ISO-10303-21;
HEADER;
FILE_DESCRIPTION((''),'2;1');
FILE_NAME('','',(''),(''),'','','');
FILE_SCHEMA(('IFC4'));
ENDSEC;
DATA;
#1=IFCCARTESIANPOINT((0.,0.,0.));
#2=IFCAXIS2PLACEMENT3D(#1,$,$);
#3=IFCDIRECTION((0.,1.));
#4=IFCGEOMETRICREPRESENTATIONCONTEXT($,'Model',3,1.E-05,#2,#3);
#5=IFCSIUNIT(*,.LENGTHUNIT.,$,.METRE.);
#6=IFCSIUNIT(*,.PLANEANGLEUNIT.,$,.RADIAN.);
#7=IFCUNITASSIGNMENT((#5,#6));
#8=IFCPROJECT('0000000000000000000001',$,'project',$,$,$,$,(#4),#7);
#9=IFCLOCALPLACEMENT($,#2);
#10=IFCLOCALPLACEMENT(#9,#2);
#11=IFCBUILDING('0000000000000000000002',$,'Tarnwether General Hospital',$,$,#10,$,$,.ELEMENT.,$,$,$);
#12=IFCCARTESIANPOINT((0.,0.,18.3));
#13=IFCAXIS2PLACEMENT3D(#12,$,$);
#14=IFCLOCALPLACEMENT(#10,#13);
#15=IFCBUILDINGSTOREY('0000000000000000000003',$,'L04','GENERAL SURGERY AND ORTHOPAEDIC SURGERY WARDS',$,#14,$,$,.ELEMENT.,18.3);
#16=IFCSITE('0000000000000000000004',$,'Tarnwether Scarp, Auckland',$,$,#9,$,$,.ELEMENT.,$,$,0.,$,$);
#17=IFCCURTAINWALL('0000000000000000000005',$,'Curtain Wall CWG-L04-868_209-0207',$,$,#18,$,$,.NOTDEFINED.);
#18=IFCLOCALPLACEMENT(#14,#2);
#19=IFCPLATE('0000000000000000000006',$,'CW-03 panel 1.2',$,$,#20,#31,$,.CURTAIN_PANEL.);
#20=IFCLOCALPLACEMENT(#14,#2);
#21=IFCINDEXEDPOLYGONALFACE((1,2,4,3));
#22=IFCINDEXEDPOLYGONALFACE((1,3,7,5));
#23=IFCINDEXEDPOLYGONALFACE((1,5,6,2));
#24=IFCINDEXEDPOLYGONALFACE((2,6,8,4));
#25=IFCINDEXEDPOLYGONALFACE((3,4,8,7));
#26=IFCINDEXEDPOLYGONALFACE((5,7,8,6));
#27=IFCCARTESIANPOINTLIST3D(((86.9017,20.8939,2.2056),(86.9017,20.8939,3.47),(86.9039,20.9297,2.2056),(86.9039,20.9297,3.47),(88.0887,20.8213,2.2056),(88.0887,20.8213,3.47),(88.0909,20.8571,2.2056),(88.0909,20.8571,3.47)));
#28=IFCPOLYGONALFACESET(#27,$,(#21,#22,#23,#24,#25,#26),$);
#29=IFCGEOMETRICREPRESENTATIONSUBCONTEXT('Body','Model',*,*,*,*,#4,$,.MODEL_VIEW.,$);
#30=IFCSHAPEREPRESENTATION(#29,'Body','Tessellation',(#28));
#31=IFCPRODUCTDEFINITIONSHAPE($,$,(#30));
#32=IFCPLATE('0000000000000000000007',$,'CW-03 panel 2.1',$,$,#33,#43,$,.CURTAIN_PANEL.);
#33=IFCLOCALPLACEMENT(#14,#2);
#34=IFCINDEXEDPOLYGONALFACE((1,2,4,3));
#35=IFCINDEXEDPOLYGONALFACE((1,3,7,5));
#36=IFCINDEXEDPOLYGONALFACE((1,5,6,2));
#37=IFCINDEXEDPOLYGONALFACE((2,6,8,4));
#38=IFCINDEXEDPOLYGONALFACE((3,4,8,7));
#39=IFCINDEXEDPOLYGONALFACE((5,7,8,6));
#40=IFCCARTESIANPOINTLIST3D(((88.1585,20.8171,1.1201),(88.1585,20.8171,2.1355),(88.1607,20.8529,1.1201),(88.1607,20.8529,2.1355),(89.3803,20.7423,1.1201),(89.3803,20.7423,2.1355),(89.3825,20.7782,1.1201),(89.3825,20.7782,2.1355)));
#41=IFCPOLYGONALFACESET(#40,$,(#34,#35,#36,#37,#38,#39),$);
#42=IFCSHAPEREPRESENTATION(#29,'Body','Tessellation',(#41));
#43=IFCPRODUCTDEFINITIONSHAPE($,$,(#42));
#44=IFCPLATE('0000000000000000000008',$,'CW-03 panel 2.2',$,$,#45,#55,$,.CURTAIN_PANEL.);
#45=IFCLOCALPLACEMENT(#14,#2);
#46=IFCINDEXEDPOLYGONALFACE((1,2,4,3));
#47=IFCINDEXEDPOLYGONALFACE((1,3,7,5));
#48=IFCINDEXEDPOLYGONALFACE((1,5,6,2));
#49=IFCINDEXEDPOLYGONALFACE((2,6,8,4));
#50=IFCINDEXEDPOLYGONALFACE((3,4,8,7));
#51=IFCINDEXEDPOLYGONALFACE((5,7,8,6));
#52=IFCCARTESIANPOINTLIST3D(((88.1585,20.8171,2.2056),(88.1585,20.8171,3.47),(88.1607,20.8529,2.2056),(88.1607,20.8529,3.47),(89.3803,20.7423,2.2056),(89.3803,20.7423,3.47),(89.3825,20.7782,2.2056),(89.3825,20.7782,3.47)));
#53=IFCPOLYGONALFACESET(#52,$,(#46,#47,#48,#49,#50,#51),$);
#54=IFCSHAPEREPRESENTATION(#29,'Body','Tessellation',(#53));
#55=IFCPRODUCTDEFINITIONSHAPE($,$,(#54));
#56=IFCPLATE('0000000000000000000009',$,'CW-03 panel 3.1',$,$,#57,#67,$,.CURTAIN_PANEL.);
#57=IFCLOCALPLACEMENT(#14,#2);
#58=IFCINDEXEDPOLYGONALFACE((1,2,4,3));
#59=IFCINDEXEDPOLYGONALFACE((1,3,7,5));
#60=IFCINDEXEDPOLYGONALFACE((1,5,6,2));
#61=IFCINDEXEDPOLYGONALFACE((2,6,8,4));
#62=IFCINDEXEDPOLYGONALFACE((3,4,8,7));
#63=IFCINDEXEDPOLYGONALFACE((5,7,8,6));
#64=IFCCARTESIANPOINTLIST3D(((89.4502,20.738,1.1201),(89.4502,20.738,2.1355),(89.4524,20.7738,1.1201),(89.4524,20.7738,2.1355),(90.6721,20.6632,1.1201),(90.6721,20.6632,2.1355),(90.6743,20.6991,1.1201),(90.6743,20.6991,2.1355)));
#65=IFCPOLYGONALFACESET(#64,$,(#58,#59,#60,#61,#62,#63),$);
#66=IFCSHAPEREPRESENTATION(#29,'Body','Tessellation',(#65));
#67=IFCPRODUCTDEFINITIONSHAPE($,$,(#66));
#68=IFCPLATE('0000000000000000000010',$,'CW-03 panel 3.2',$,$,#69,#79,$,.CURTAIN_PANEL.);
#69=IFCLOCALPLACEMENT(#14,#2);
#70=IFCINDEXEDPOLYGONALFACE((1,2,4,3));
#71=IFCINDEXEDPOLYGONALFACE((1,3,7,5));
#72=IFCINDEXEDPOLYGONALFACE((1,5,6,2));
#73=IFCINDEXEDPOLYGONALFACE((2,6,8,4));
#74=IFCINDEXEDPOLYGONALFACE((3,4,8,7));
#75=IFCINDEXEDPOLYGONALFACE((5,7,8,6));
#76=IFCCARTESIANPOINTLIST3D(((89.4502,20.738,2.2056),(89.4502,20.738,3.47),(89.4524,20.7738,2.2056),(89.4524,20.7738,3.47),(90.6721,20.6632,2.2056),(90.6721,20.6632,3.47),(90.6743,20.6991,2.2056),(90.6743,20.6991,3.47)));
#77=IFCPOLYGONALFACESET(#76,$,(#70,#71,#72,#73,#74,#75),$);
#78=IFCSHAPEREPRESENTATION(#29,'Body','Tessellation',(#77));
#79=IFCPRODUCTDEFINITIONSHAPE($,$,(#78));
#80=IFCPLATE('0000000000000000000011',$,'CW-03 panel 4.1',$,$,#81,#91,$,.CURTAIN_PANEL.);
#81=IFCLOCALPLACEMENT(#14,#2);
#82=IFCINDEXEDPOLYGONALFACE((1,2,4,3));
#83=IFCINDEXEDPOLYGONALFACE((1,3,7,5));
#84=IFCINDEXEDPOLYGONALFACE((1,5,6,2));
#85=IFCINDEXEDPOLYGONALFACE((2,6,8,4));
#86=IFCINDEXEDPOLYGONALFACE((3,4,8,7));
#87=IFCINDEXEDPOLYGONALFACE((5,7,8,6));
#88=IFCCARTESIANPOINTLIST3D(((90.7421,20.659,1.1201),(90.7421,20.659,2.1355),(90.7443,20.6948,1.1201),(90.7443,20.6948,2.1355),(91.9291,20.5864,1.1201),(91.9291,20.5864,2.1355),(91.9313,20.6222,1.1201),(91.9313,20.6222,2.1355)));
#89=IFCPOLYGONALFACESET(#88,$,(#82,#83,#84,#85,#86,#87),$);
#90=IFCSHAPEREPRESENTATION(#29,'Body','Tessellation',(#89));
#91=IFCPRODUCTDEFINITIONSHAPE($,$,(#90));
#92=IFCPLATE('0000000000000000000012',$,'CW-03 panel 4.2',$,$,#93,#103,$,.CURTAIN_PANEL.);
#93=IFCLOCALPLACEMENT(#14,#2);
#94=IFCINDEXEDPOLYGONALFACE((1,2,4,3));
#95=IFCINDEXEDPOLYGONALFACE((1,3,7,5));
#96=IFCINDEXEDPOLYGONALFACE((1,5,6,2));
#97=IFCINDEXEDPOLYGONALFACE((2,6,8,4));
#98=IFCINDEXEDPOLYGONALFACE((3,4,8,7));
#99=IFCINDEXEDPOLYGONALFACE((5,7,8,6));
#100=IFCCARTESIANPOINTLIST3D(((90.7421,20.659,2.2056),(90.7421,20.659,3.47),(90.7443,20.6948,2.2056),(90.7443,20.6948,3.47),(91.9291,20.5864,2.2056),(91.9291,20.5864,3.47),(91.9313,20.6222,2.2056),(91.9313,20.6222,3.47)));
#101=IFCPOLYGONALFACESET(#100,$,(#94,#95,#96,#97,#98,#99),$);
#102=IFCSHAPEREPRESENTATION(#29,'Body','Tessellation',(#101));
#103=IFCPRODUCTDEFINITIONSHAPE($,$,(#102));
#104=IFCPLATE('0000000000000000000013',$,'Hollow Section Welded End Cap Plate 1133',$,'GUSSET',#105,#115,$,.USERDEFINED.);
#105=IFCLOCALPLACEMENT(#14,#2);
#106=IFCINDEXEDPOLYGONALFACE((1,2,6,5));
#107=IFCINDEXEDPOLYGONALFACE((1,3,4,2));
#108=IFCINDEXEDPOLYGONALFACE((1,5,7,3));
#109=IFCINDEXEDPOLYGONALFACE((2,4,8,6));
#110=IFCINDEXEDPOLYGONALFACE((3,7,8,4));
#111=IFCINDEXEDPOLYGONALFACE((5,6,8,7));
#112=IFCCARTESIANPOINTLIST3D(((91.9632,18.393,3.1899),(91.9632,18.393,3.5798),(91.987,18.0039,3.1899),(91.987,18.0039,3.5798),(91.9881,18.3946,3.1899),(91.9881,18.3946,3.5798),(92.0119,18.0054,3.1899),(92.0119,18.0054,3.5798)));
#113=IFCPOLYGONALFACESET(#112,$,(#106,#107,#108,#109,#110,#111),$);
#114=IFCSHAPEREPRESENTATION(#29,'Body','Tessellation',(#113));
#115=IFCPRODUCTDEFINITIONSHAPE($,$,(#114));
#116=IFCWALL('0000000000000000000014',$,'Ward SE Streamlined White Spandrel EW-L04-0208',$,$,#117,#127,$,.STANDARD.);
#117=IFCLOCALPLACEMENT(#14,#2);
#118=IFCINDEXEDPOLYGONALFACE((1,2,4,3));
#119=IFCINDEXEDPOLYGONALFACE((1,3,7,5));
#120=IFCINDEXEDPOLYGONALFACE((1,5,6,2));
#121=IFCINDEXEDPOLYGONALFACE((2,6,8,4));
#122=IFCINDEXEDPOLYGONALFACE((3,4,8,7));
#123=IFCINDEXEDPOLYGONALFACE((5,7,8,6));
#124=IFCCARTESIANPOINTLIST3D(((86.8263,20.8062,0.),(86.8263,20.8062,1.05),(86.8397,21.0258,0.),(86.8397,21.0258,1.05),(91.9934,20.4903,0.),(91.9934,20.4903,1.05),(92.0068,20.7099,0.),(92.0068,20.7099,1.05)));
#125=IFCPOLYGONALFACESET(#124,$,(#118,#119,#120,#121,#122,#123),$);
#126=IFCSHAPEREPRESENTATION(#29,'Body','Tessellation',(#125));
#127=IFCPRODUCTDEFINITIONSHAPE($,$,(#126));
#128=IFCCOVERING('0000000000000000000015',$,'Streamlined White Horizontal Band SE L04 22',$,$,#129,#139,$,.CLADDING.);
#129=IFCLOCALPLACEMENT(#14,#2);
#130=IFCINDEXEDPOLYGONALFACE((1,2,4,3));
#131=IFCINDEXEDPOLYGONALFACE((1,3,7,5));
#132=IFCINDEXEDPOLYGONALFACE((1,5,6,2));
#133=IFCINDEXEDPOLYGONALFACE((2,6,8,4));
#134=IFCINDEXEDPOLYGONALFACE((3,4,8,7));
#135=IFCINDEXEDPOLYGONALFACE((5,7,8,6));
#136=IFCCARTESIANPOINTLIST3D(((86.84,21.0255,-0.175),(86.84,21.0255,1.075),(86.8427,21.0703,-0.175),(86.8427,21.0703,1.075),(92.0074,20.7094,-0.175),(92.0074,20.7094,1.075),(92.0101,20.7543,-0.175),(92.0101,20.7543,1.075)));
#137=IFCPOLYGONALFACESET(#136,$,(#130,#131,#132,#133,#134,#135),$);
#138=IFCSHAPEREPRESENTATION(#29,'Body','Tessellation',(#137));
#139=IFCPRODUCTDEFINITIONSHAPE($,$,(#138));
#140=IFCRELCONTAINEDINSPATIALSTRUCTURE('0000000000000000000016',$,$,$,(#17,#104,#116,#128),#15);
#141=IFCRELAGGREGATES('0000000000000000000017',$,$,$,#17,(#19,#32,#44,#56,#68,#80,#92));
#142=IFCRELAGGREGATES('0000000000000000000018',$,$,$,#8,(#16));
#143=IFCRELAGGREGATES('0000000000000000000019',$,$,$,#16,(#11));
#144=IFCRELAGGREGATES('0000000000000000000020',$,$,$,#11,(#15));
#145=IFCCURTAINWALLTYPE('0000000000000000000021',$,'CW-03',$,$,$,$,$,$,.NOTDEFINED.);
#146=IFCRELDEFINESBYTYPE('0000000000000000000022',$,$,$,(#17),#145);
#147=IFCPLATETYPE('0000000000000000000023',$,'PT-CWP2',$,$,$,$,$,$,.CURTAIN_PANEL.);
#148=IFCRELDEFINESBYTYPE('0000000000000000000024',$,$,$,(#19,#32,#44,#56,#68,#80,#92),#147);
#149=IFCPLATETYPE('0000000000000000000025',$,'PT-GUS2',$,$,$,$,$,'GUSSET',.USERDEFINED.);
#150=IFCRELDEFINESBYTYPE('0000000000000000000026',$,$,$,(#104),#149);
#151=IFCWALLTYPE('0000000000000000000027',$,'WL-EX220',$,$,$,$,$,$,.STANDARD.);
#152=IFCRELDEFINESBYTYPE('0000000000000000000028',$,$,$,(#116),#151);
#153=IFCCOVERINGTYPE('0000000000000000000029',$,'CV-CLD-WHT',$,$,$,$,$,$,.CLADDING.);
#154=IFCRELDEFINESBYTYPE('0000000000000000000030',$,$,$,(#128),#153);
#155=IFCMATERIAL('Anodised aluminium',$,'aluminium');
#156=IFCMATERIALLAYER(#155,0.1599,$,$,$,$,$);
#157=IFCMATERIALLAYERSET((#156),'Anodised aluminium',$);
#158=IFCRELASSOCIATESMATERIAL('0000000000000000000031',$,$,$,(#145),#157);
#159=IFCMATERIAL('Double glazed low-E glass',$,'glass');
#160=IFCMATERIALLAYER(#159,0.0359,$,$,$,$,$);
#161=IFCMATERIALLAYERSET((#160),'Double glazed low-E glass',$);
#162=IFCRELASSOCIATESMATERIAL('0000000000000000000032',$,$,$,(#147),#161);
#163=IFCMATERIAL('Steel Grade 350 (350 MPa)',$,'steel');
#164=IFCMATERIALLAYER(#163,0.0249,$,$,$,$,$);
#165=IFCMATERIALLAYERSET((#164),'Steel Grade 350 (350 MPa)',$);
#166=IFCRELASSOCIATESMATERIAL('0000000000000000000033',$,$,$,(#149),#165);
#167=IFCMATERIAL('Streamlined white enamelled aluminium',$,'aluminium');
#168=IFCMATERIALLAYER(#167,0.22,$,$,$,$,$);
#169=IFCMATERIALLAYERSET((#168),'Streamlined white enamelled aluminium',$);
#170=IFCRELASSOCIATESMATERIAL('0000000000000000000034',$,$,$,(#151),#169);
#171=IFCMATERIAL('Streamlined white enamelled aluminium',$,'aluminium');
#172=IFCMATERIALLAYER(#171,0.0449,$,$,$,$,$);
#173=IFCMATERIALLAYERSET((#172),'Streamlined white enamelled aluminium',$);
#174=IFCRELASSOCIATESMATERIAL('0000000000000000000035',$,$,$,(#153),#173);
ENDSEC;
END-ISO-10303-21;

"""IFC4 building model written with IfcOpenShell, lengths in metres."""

from ifc_helpers import new_model, si_unit, direction, frame, frame_2d, origin, origin_2d, place, context, subcontext, project, spatial, rectangle, extrude, material, layer, layer_set, type_object, element, aggregate, save


model = new_model("IFC4")

# Units and contexts
model_context = context("Model", 3, precision=1e-05, world=origin(), true_north=direction((0.0, 1.0)))
body_context = subcontext(model_context, "Body", "Model", "MODEL_VIEW")
ifc_project = project(units=[si_unit("LENGTHUNIT", "METRE"), si_unit("PLANEANGLEUNIT", "RADIAN")], contexts=[model_context])

# Site, building, storey
site_placement = place(None, origin())
site = spatial("IfcSite", under=ifc_project, at=site_placement, Name="Tarnwether Scarp, Auckland", CompositionType="ELEMENT", RefElevation=0.0)
building_placement = place(site_placement, origin())
building = spatial("IfcBuilding", under=site, at=building_placement, Name="Tarnwether General Hospital", CompositionType="ELEMENT")
storey_placement = place(building_placement, frame((0.0, 0.0, 18.3)))
storey = spatial("IfcBuildingStorey", under=building, at=storey_placement, Name="L04", Description="GENERAL SURGERY AND ORTHOPAEDIC SURGERY WARDS", CompositionType="ELEMENT", Elevation=18.3)

# Curtain wall
ifc_material_1 = material(Name="Anodised aluminium", Category="aluminium")
ifc_layer_1 = layer(ifc_material_1, 0.1599)
ifc_layer_set_1 = layer_set([ifc_layer_1], Name="Anodised aluminium")
curtain_wall_type = type_object("IfcCurtainWallType", Name="CW-03", PredefinedType="NOTDEFINED", material=ifc_layer_set_1)
curtain_wall_1_placement = place(storey_placement, origin())
curtain_wall_1 = element("IfcCurtainWall", 1, at=curtain_wall_1_placement, inside=storey, type_object=curtain_wall_type, Name="Curtain Wall CWG-L04-868_209-0207", PredefinedType="NOTDEFINED")

# Plates
ifc_material_2 = material(Name="Double glazed low-E glass", Category="glass")
ifc_layer_2 = layer(ifc_material_2, 0.0359)
ifc_layer_set_2 = layer_set([ifc_layer_2], Name="Double glazed low-E glass")
plate_type_1 = type_object("IfcPlateType", Name="PT-CWP2", PredefinedType="CURTAIN_PANEL", material=ifc_layer_set_2)
plate_1_placement = place(storey_placement, frame((87.4963, 20.8755, 2.2056), z_axis=(0.0, 0.0, 1.0), x_axis=(0.998135, -0.061043, 0.0)))
plate_1 = element("IfcPlate", 2, at=plate_1_placement, type_object=plate_type_1, Name="CW-03 panel 1.2", PredefinedType="CURTAIN_PANEL", context=body_context, shape_type="SweptSolid", body=[
    extrude(rectangle(XDim=1.1892, YDim=0.0359, at=origin_2d()), origin(), (0.0, 0.0, 1.0), 1.2644),
])
plate_2_placement = place(storey_placement, frame((88.7705, 20.7976, 1.1201), z_axis=(0.0, 0.0, 1.0), x_axis=(0.998135, -0.061043, 0.0)))
plate_2 = element("IfcPlate", 3, at=plate_2_placement, type_object=plate_type_1, Name="CW-03 panel 2.1", PredefinedType="CURTAIN_PANEL", context=body_context, shape_type="SweptSolid", body=[
    extrude(rectangle(XDim=1.2241, YDim=0.0359, at=origin_2d()), origin(), (0.0, 0.0, 1.0), 1.0154),
])
plate_3_placement = place(storey_placement, frame((88.7705, 20.7976, 2.2056), z_axis=(0.0, 0.0, 1.0), x_axis=(0.998135, -0.061043, 0.0)))
plate_3 = element("IfcPlate", 4, at=plate_3_placement, type_object=plate_type_1, Name="CW-03 panel 2.2", PredefinedType="CURTAIN_PANEL", context=body_context, shape_type="SweptSolid", body=[
    extrude(rectangle(XDim=1.2241, YDim=0.0359, at=origin_2d()), origin(), (0.0, 0.0, 1.0), 1.2644),
])
plate_4_placement = place(storey_placement, frame((90.0623, 20.7185, 1.1201), z_axis=(0.0, 0.0, 1.0), x_axis=(0.998135, -0.061043, 0.0)))
plate_4 = element("IfcPlate", 5, at=plate_4_placement, type_object=plate_type_1, Name="CW-03 panel 3.1", PredefinedType="CURTAIN_PANEL", context=body_context, shape_type="SweptSolid", body=[
    extrude(rectangle(XDim=1.2241, YDim=0.0359, at=origin_2d()), origin(), (0.0, 0.0, 1.0), 1.0154),
])
plate_5_placement = place(storey_placement, frame((90.0623, 20.7185, 2.2056), z_axis=(0.0, 0.0, 1.0), x_axis=(0.998135, -0.061043, 0.0)))
plate_5 = element("IfcPlate", 6, at=plate_5_placement, type_object=plate_type_1, Name="CW-03 panel 3.2", PredefinedType="CURTAIN_PANEL", context=body_context, shape_type="SweptSolid", body=[
    extrude(rectangle(XDim=1.2241, YDim=0.0359, at=origin_2d()), origin(), (0.0, 0.0, 1.0), 1.2644),
])
plate_6_placement = place(storey_placement, frame((91.3367, 20.6406, 1.1201), z_axis=(0.0, 0.0, 1.0), x_axis=(0.998135, -0.061043, 0.0)))
plate_6 = element("IfcPlate", 7, at=plate_6_placement, type_object=plate_type_1, Name="CW-03 panel 4.1", PredefinedType="CURTAIN_PANEL", context=body_context, shape_type="SweptSolid", body=[
    extrude(rectangle(XDim=1.1892, YDim=0.0359, at=origin_2d()), origin(), (0.0, 0.0, 1.0), 1.0154),
])
plate_7_placement = place(storey_placement, frame((91.3367, 20.6406, 2.2056), z_axis=(0.0, 0.0, 1.0), x_axis=(0.998135, -0.061043, 0.0)))
plate_7 = element("IfcPlate", 8, at=plate_7_placement, type_object=plate_type_1, Name="CW-03 panel 4.2", PredefinedType="CURTAIN_PANEL", context=body_context, shape_type="SweptSolid", body=[
    extrude(rectangle(XDim=1.1892, YDim=0.0359, at=origin_2d()), origin(), (0.0, 0.0, 1.0), 1.2644),
])
aggregate(curtain_wall_1, [plate_1, plate_2, plate_3, plate_4, plate_5, plate_6, plate_7])
ifc_material_3 = material(Name="Steel Grade 350 (350 MPa)", Category="steel")
ifc_layer_3 = layer(ifc_material_3, 0.0249)
ifc_layer_set_3 = layer_set([ifc_layer_3], Name="Steel Grade 350 (350 MPa)")
plate_type_2 = type_object("IfcPlateType", Name="PT-GUS2", ElementType="GUSSET", PredefinedType="USERDEFINED", material=ifc_layer_set_3)
plate_8_placement = place(storey_placement, frame((91.9875, 18.1992, 3.1899), z_axis=(0.0, 0.0, 1.0), x_axis=(0.998134, 0.061066, 0.0)))
element("IfcPlate", 9, at=plate_8_placement, inside=storey, type_object=plate_type_2, Name="Hollow Section Welded End Cap Plate 1133", ObjectType="GUSSET", PredefinedType="USERDEFINED", context=body_context, shape_type="SweptSolid", body=[
    extrude(rectangle(XDim=0.0249, YDim=0.3899, at=origin_2d()), origin(), (0.0, 0.0, 1.0), 0.3899),
])

# Wall
ifc_material_4 = material(Name="Streamlined white enamelled aluminium", Category="aluminium")
ifc_layer_4 = layer(ifc_material_4, 0.22)
ifc_layer_set_4 = layer_set([ifc_layer_4], Name="Streamlined white enamelled aluminium")
wall_type = type_object("IfcWallType", Name="WL-EX220", PredefinedType="STANDARD", material=ifc_layer_set_4)
wall_placement = place(storey_placement, frame((86.833, 20.916, 0.0), z_axis=(0.0, 0.0, 1.0), x_axis=(0.998136, -0.061028, 0.0)))
element("IfcWall", 10, at=wall_placement, inside=storey, type_object=wall_type, Name="Ward SE Streamlined White Spandrel EW-L04-0208", PredefinedType="STANDARD", context=body_context, shape_type="SweptSolid", body=[
    extrude(rectangle(XDim=5.1768, YDim=0.22, at=frame_2d((2.5884, 0.0))), origin(), (0.0, 0.0, 1.0), 1.05),
])

# Covering
ifc_material_5 = material(Name="Streamlined white enamelled aluminium", Category="aluminium")
ifc_layer_5 = layer(ifc_material_5, 0.0449)
ifc_layer_set_5 = layer_set([ifc_layer_5], Name="Streamlined white enamelled aluminium")
covering_type = type_object("IfcCoveringType", Name="CV-CLD-WHT", PredefinedType="CLADDING", material=ifc_layer_set_5)
covering_placement = place(storey_placement, frame((89.425, 20.8899, -0.175), z_axis=(0.0, 0.0, 1.0), x_axis=(0.998135, -0.061049, 0.0)))
element("IfcCovering", 11, at=covering_placement, inside=storey, type_object=covering_type, Name="Streamlined White Horizontal Band SE L04 22", PredefinedType="CLADDING", context=body_context, shape_type="SweptSolid", body=[
    extrude(rectangle(XDim=5.177, YDim=0.0449, at=origin_2d()), origin(), (0.0, 0.0, 1.0), 1.25),
])

save(model, "model.ifc")
